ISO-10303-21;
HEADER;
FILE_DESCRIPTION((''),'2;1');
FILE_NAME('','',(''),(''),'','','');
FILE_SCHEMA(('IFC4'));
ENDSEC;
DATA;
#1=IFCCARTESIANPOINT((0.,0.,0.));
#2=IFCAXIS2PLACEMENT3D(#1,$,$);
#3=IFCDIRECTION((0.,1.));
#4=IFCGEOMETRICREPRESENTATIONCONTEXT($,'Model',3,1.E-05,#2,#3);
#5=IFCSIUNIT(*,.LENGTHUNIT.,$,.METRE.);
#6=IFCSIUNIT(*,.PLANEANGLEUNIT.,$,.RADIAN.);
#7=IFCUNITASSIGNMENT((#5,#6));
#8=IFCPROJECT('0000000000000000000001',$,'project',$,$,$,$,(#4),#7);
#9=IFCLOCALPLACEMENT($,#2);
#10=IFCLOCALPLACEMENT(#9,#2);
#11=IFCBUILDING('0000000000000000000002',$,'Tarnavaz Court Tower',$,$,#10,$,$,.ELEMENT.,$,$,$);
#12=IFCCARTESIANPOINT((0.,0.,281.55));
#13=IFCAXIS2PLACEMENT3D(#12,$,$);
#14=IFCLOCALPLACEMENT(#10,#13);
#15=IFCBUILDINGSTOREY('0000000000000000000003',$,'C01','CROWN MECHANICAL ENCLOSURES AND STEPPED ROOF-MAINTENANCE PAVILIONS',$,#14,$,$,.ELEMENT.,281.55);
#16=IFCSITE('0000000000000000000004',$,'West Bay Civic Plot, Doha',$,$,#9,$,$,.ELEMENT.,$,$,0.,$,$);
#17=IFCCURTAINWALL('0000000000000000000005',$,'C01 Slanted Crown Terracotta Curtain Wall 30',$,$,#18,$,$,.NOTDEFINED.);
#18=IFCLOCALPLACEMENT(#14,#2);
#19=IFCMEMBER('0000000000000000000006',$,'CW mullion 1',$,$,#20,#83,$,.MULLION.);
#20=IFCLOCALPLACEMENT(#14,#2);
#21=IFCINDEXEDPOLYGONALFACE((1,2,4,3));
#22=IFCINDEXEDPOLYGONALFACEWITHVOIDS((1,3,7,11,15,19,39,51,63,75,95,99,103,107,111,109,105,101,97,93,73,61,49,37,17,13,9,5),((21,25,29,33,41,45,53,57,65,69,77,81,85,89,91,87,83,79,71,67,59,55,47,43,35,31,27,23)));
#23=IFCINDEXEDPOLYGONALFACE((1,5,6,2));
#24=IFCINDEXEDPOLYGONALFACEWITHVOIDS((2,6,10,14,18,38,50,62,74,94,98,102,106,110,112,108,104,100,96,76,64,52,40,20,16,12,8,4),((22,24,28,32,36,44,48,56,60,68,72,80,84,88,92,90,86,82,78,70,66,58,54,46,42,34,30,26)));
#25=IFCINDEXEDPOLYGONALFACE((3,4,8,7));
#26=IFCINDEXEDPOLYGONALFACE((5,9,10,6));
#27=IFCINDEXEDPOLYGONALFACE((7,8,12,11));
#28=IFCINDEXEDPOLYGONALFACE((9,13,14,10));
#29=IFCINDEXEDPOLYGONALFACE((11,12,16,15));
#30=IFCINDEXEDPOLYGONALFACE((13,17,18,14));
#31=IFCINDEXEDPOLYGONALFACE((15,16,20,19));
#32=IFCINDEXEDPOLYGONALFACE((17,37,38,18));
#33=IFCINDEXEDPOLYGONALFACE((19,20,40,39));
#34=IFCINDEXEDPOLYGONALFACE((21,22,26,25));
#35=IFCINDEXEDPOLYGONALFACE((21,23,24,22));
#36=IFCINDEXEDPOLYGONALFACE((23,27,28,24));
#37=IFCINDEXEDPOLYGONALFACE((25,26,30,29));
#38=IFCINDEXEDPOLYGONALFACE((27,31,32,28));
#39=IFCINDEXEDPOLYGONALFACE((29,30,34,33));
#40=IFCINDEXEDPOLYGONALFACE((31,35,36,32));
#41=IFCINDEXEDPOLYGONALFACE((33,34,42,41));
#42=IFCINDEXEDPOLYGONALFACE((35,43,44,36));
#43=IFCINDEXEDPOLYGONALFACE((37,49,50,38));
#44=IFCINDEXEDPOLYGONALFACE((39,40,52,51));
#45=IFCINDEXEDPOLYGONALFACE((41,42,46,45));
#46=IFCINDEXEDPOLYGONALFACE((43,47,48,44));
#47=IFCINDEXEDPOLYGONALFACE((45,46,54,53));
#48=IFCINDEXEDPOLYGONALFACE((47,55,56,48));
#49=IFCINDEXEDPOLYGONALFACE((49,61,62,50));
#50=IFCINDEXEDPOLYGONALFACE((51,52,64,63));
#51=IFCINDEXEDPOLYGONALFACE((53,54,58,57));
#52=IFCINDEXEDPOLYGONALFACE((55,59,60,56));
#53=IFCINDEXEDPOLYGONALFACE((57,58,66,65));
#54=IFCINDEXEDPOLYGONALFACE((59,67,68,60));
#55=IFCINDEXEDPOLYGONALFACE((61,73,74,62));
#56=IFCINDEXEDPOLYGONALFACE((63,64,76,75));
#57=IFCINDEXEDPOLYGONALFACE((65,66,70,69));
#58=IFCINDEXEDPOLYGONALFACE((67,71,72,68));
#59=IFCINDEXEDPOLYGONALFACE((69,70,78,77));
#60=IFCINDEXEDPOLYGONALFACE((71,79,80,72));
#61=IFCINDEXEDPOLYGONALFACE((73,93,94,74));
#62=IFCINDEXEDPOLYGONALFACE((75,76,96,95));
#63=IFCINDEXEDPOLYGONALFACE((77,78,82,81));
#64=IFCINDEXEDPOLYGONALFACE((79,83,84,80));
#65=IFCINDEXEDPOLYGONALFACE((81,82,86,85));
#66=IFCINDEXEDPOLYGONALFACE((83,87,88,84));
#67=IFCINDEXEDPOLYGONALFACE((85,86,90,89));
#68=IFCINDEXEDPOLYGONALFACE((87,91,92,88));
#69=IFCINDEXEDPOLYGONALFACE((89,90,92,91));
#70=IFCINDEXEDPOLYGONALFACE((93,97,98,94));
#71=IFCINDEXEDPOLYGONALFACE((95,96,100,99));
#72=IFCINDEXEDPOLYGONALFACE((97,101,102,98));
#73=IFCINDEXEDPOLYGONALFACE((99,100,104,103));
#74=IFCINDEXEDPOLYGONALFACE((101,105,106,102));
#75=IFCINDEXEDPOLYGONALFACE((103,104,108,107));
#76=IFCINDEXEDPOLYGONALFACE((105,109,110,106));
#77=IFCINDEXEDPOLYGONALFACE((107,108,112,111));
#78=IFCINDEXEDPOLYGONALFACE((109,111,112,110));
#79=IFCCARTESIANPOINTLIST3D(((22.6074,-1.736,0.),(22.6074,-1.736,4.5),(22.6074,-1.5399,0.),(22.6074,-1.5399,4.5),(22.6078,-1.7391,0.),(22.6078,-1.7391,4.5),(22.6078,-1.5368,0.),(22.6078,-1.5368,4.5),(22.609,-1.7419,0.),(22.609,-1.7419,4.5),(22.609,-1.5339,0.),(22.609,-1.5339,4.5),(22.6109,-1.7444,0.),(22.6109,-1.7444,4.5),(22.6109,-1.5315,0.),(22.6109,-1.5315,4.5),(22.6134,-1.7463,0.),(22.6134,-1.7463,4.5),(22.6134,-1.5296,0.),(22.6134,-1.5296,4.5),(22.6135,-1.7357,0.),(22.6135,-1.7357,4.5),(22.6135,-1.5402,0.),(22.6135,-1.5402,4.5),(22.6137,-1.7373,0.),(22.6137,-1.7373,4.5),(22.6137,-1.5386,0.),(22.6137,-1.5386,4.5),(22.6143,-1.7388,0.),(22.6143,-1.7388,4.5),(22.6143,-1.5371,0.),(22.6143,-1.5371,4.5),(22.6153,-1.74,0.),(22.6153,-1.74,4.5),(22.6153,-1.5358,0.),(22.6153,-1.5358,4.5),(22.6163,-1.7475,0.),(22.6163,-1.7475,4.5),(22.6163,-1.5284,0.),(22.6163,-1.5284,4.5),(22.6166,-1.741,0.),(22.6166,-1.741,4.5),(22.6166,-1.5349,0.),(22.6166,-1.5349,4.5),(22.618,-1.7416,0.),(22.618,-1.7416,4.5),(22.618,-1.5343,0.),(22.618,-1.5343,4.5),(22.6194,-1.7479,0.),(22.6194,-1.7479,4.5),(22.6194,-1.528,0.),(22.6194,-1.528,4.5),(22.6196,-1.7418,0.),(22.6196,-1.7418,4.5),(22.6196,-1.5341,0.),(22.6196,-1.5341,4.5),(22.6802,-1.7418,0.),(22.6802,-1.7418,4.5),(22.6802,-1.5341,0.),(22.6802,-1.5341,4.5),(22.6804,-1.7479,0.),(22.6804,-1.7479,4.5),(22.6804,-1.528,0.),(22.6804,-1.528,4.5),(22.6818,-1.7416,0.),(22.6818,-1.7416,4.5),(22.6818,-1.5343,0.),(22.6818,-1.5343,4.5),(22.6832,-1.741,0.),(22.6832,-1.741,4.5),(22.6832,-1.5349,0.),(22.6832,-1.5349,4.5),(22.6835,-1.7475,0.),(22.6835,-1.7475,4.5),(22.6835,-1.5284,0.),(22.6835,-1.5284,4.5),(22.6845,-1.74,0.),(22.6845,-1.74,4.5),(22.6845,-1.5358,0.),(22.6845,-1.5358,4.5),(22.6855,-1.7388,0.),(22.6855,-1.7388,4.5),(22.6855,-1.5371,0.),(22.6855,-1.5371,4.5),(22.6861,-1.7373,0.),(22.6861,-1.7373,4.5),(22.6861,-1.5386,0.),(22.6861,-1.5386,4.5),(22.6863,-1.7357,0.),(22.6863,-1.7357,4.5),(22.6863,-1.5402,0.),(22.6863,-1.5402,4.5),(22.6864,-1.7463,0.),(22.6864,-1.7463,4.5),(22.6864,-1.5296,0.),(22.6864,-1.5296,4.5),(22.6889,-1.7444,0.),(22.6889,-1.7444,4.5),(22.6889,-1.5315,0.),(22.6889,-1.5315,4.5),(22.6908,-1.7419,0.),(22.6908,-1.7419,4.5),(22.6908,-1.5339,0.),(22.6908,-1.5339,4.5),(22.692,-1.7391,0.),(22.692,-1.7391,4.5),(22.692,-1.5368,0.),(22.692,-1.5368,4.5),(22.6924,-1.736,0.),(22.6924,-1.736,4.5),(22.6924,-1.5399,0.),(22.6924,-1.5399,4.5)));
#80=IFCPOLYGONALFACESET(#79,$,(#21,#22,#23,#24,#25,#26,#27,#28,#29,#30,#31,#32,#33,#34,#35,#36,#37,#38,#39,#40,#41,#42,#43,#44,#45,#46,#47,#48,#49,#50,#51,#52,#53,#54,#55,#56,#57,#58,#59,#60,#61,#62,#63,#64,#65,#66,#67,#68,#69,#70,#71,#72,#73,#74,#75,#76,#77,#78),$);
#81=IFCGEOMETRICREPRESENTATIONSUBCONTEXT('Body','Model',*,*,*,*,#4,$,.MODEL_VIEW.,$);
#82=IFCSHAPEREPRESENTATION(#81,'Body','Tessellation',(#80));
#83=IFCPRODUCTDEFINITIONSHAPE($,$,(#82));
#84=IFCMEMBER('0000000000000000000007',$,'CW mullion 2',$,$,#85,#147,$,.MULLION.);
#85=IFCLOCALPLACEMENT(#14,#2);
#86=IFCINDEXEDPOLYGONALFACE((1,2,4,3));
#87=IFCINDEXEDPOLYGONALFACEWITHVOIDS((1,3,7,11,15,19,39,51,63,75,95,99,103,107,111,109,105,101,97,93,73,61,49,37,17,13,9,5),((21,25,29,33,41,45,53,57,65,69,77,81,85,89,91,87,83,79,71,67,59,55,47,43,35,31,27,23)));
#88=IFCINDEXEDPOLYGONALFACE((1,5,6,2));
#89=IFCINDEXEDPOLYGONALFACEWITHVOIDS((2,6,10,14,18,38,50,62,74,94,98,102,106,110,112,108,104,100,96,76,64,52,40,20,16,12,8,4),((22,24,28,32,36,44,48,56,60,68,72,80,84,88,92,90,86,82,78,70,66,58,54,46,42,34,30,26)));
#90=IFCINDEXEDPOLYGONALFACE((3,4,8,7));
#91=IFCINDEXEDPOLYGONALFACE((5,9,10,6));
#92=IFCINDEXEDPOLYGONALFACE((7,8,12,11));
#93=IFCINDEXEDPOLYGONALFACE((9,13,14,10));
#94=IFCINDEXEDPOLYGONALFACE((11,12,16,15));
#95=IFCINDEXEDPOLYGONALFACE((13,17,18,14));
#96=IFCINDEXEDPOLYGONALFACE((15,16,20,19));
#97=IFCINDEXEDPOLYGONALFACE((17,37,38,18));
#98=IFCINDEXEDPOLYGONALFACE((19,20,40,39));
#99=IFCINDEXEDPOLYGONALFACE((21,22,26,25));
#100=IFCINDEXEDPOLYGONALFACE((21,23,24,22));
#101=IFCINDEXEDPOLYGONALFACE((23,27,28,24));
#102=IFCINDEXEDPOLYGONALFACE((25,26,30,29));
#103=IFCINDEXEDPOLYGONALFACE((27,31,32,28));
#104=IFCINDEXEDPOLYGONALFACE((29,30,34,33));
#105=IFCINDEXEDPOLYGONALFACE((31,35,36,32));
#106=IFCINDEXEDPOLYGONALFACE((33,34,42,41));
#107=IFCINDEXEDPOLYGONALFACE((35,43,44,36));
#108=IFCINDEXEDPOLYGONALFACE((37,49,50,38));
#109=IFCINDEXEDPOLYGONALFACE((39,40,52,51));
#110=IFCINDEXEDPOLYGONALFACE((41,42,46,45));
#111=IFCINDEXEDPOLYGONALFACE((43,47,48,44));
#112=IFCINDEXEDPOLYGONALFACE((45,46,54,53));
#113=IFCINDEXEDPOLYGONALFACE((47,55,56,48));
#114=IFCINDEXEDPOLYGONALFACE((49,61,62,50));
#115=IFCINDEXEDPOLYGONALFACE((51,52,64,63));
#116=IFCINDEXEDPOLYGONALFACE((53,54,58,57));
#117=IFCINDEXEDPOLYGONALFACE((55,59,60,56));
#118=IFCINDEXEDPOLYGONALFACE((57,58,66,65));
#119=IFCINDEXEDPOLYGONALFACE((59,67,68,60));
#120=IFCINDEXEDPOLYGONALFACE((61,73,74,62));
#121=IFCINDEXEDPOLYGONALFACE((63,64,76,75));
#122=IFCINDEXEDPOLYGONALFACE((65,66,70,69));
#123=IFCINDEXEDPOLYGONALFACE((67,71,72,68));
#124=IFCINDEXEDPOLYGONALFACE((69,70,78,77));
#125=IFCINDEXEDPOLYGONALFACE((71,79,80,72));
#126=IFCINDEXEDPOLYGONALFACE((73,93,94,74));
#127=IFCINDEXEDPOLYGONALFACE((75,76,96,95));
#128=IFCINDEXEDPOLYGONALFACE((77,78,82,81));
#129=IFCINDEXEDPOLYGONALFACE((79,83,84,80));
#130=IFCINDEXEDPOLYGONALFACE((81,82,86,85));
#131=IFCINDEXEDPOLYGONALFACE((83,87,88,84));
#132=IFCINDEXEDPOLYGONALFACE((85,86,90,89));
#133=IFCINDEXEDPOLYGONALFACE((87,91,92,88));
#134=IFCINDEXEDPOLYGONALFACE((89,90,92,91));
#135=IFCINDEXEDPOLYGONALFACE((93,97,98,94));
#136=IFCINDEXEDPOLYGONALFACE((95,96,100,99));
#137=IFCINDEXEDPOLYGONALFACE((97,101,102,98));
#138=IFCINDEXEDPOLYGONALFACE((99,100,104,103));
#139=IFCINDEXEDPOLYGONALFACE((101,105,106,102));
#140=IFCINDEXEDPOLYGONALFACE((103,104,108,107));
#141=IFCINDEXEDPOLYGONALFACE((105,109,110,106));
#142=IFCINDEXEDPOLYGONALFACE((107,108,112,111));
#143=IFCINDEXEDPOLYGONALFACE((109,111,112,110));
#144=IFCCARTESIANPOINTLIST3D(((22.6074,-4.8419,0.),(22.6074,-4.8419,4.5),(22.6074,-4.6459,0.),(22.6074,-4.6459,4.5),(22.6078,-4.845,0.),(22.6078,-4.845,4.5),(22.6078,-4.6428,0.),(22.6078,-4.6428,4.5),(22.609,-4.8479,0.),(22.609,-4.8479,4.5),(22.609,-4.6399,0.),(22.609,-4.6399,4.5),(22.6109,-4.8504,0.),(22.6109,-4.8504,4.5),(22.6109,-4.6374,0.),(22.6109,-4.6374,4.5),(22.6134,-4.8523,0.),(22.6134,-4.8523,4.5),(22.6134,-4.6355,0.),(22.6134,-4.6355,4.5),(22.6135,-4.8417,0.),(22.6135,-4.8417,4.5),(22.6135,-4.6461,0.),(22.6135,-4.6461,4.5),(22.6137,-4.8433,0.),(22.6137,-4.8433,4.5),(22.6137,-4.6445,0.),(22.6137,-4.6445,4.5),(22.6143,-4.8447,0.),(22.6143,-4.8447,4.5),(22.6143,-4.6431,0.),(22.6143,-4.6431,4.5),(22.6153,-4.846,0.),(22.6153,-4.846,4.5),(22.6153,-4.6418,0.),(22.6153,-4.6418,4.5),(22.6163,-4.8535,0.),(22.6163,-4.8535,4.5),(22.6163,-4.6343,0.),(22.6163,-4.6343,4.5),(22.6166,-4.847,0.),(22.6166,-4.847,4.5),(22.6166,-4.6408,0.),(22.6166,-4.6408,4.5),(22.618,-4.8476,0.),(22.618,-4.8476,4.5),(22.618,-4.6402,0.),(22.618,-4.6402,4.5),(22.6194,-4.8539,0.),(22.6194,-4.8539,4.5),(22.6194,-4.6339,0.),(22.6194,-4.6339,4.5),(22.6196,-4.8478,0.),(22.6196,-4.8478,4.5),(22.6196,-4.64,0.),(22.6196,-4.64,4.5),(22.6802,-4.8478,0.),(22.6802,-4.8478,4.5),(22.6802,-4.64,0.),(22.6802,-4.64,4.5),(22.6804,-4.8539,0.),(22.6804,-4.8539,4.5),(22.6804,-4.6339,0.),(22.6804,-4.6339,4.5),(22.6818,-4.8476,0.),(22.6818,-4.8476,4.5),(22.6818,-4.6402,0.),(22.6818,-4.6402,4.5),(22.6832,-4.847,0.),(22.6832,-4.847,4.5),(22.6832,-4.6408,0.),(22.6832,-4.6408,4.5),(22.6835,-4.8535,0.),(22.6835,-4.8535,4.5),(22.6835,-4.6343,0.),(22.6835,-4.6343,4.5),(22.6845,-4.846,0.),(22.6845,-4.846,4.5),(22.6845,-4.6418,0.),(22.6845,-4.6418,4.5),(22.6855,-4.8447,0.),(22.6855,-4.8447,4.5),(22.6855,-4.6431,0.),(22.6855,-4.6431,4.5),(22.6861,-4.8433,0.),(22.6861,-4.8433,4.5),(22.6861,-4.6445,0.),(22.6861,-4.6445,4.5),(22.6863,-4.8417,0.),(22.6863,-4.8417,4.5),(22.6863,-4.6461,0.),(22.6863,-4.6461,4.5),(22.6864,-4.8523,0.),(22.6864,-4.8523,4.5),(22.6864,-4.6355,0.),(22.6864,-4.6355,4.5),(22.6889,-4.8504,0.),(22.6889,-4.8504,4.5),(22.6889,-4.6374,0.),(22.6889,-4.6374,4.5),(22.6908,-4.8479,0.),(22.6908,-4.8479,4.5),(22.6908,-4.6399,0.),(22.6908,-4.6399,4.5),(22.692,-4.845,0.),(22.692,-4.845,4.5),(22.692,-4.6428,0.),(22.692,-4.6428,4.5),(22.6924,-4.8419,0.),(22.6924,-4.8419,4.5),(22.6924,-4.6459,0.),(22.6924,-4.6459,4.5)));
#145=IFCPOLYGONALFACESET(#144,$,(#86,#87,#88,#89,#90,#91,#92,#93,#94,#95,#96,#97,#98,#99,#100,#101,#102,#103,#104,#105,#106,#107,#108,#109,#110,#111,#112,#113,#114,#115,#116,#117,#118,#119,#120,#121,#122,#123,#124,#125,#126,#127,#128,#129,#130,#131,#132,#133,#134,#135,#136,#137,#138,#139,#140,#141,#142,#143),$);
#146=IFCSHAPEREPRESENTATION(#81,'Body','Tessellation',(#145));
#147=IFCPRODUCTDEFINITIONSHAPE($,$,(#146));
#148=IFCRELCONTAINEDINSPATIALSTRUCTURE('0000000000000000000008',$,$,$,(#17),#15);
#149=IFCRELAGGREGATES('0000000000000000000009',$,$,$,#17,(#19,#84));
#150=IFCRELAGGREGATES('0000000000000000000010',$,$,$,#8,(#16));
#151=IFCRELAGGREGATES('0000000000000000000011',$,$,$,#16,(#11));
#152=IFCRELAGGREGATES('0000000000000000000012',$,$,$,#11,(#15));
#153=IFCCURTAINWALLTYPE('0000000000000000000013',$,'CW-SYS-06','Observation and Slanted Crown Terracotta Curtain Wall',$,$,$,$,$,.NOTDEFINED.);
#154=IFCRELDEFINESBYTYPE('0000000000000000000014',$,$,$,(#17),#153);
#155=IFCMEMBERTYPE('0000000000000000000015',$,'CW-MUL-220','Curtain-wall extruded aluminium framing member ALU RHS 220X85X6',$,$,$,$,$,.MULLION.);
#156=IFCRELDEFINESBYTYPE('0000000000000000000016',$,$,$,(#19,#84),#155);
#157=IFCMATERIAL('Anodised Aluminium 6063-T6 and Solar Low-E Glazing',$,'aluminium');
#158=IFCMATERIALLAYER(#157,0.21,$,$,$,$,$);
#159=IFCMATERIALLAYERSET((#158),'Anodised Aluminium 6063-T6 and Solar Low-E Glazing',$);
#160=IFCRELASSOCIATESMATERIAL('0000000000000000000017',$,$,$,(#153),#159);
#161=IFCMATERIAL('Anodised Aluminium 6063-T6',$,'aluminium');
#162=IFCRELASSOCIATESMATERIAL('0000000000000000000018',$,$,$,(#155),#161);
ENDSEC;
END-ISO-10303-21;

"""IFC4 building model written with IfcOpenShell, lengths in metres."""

from ifc_helpers import new_model, si_unit, direction, frame, origin, origin_2d, place, context, subcontext, project, spatial, hollow_rectangle, extrude, material, layer, layer_set, material_profile, profile_set, type_object, element, aggregate, save


model = new_model("IFC4")

# Units and contexts
model_context = context("Model", 3, precision=1e-05, world=origin(), true_north=direction((0.0, 1.0)))
body_context = subcontext(model_context, "Body", "Model", "MODEL_VIEW")
ifc_project = project(units=[si_unit("LENGTHUNIT", "METRE"), si_unit("PLANEANGLEUNIT", "RADIAN")], contexts=[model_context])

# Site, building, storey
site_placement = place(None, origin())
site = spatial("IfcSite", under=ifc_project, at=site_placement, Name="West Bay Civic Plot, Doha", CompositionType="ELEMENT", RefElevation=0.0)
building_placement = place(site_placement, origin())
building = spatial("IfcBuilding", under=site, at=building_placement, Name="Tarnavaz Court Tower", CompositionType="ELEMENT")
storey_placement = place(building_placement, frame((0.0, 0.0, 281.55)))
storey = spatial("IfcBuildingStorey", under=building, at=storey_placement, Name="C01", Description="CROWN MECHANICAL ENCLOSURES AND STEPPED ROOF-MAINTENANCE PAVILIONS", CompositionType="ELEMENT", Elevation=281.55)

# Curtain wall, members
ifc_material_1 = material(Name="Anodised Aluminium 6063-T6 and Solar Low-E Glazing", Category="aluminium")
ifc_layer_1 = layer(ifc_material_1, 0.21)
ifc_layer_set_1 = layer_set([ifc_layer_1], Name="Anodised Aluminium 6063-T6 and Solar Low-E Glazing")
curtain_wall_type = type_object("IfcCurtainWallType", Name="CW-SYS-06", Description="Observation and Slanted Crown Terracotta Curtain Wall", PredefinedType="NOTDEFINED", material=ifc_layer_set_1)
ifc_material_2 = material(Name="Anodised Aluminium 6063-T6", Category="aluminium")
ifc_material_profile_1 = material_profile(ifc_material_2, hollow_rectangle(XDim=0.085, YDim=0.22, WallThickness=0.0061, InnerFilletRadius=0.0061, OuterFilletRadius=0.012, at=origin_2d()), Name="ALU RHS 220X85X6")
ifc_profile_set_1 = profile_set([ifc_material_profile_1], Name="Anodised Aluminium 6063-T6")
member_type_1 = type_object("IfcMemberType", Name="CW-MUL-220", Description="Curtain-wall extruded aluminium framing member ALU RHS 220X85X6", PredefinedType="MULLION", material=ifc_profile_set_1)
curtain_wall_1_placement = place(storey_placement, origin())
curtain_wall_1 = element("IfcCurtainWall", 1, at=curtain_wall_1_placement, inside=storey, type_object=curtain_wall_type, Name="C01 Slanted Crown Terracotta Curtain Wall 30", PredefinedType="NOTDEFINED")
member_1_placement = place(storey_placement, frame((22.6499, -1.6379, 0.0), z_axis=(0.0, 0.0, 1.0), x_axis=(1.0, 0.0, 0.0)))
member_1 = element("IfcMember", 2, at=member_1_placement, type_object=member_type_1, Name="CW mullion 1", PredefinedType="MULLION", context=body_context, shape_type="SweptSolid", body=[
    extrude(hollow_rectangle(XDim=0.085, YDim=0.22, WallThickness=0.0061, InnerFilletRadius=0.0061, OuterFilletRadius=0.012, at=origin_2d()), origin(), (0.0, 0.0, 1.0), 4.5),
])
member_2_placement = place(storey_placement, frame((22.6499, -4.7439, 0.0), z_axis=(0.0, 0.0, 1.0), x_axis=(1.0, 0.0, 0.0)))
member_2 = element("IfcMember", 3, at=member_2_placement, type_object=member_type_1, Name="CW mullion 2", PredefinedType="MULLION", context=body_context, shape_type="SweptSolid", body=[
    extrude(hollow_rectangle(XDim=0.085, YDim=0.22, WallThickness=0.0061, InnerFilletRadius=0.0061, OuterFilletRadius=0.012, at=origin_2d()), origin(), (0.0, 0.0, 1.0), 4.5),
])

aggregate(curtain_wall_1, [member_1, member_2])

save(model, "model.ifc")
